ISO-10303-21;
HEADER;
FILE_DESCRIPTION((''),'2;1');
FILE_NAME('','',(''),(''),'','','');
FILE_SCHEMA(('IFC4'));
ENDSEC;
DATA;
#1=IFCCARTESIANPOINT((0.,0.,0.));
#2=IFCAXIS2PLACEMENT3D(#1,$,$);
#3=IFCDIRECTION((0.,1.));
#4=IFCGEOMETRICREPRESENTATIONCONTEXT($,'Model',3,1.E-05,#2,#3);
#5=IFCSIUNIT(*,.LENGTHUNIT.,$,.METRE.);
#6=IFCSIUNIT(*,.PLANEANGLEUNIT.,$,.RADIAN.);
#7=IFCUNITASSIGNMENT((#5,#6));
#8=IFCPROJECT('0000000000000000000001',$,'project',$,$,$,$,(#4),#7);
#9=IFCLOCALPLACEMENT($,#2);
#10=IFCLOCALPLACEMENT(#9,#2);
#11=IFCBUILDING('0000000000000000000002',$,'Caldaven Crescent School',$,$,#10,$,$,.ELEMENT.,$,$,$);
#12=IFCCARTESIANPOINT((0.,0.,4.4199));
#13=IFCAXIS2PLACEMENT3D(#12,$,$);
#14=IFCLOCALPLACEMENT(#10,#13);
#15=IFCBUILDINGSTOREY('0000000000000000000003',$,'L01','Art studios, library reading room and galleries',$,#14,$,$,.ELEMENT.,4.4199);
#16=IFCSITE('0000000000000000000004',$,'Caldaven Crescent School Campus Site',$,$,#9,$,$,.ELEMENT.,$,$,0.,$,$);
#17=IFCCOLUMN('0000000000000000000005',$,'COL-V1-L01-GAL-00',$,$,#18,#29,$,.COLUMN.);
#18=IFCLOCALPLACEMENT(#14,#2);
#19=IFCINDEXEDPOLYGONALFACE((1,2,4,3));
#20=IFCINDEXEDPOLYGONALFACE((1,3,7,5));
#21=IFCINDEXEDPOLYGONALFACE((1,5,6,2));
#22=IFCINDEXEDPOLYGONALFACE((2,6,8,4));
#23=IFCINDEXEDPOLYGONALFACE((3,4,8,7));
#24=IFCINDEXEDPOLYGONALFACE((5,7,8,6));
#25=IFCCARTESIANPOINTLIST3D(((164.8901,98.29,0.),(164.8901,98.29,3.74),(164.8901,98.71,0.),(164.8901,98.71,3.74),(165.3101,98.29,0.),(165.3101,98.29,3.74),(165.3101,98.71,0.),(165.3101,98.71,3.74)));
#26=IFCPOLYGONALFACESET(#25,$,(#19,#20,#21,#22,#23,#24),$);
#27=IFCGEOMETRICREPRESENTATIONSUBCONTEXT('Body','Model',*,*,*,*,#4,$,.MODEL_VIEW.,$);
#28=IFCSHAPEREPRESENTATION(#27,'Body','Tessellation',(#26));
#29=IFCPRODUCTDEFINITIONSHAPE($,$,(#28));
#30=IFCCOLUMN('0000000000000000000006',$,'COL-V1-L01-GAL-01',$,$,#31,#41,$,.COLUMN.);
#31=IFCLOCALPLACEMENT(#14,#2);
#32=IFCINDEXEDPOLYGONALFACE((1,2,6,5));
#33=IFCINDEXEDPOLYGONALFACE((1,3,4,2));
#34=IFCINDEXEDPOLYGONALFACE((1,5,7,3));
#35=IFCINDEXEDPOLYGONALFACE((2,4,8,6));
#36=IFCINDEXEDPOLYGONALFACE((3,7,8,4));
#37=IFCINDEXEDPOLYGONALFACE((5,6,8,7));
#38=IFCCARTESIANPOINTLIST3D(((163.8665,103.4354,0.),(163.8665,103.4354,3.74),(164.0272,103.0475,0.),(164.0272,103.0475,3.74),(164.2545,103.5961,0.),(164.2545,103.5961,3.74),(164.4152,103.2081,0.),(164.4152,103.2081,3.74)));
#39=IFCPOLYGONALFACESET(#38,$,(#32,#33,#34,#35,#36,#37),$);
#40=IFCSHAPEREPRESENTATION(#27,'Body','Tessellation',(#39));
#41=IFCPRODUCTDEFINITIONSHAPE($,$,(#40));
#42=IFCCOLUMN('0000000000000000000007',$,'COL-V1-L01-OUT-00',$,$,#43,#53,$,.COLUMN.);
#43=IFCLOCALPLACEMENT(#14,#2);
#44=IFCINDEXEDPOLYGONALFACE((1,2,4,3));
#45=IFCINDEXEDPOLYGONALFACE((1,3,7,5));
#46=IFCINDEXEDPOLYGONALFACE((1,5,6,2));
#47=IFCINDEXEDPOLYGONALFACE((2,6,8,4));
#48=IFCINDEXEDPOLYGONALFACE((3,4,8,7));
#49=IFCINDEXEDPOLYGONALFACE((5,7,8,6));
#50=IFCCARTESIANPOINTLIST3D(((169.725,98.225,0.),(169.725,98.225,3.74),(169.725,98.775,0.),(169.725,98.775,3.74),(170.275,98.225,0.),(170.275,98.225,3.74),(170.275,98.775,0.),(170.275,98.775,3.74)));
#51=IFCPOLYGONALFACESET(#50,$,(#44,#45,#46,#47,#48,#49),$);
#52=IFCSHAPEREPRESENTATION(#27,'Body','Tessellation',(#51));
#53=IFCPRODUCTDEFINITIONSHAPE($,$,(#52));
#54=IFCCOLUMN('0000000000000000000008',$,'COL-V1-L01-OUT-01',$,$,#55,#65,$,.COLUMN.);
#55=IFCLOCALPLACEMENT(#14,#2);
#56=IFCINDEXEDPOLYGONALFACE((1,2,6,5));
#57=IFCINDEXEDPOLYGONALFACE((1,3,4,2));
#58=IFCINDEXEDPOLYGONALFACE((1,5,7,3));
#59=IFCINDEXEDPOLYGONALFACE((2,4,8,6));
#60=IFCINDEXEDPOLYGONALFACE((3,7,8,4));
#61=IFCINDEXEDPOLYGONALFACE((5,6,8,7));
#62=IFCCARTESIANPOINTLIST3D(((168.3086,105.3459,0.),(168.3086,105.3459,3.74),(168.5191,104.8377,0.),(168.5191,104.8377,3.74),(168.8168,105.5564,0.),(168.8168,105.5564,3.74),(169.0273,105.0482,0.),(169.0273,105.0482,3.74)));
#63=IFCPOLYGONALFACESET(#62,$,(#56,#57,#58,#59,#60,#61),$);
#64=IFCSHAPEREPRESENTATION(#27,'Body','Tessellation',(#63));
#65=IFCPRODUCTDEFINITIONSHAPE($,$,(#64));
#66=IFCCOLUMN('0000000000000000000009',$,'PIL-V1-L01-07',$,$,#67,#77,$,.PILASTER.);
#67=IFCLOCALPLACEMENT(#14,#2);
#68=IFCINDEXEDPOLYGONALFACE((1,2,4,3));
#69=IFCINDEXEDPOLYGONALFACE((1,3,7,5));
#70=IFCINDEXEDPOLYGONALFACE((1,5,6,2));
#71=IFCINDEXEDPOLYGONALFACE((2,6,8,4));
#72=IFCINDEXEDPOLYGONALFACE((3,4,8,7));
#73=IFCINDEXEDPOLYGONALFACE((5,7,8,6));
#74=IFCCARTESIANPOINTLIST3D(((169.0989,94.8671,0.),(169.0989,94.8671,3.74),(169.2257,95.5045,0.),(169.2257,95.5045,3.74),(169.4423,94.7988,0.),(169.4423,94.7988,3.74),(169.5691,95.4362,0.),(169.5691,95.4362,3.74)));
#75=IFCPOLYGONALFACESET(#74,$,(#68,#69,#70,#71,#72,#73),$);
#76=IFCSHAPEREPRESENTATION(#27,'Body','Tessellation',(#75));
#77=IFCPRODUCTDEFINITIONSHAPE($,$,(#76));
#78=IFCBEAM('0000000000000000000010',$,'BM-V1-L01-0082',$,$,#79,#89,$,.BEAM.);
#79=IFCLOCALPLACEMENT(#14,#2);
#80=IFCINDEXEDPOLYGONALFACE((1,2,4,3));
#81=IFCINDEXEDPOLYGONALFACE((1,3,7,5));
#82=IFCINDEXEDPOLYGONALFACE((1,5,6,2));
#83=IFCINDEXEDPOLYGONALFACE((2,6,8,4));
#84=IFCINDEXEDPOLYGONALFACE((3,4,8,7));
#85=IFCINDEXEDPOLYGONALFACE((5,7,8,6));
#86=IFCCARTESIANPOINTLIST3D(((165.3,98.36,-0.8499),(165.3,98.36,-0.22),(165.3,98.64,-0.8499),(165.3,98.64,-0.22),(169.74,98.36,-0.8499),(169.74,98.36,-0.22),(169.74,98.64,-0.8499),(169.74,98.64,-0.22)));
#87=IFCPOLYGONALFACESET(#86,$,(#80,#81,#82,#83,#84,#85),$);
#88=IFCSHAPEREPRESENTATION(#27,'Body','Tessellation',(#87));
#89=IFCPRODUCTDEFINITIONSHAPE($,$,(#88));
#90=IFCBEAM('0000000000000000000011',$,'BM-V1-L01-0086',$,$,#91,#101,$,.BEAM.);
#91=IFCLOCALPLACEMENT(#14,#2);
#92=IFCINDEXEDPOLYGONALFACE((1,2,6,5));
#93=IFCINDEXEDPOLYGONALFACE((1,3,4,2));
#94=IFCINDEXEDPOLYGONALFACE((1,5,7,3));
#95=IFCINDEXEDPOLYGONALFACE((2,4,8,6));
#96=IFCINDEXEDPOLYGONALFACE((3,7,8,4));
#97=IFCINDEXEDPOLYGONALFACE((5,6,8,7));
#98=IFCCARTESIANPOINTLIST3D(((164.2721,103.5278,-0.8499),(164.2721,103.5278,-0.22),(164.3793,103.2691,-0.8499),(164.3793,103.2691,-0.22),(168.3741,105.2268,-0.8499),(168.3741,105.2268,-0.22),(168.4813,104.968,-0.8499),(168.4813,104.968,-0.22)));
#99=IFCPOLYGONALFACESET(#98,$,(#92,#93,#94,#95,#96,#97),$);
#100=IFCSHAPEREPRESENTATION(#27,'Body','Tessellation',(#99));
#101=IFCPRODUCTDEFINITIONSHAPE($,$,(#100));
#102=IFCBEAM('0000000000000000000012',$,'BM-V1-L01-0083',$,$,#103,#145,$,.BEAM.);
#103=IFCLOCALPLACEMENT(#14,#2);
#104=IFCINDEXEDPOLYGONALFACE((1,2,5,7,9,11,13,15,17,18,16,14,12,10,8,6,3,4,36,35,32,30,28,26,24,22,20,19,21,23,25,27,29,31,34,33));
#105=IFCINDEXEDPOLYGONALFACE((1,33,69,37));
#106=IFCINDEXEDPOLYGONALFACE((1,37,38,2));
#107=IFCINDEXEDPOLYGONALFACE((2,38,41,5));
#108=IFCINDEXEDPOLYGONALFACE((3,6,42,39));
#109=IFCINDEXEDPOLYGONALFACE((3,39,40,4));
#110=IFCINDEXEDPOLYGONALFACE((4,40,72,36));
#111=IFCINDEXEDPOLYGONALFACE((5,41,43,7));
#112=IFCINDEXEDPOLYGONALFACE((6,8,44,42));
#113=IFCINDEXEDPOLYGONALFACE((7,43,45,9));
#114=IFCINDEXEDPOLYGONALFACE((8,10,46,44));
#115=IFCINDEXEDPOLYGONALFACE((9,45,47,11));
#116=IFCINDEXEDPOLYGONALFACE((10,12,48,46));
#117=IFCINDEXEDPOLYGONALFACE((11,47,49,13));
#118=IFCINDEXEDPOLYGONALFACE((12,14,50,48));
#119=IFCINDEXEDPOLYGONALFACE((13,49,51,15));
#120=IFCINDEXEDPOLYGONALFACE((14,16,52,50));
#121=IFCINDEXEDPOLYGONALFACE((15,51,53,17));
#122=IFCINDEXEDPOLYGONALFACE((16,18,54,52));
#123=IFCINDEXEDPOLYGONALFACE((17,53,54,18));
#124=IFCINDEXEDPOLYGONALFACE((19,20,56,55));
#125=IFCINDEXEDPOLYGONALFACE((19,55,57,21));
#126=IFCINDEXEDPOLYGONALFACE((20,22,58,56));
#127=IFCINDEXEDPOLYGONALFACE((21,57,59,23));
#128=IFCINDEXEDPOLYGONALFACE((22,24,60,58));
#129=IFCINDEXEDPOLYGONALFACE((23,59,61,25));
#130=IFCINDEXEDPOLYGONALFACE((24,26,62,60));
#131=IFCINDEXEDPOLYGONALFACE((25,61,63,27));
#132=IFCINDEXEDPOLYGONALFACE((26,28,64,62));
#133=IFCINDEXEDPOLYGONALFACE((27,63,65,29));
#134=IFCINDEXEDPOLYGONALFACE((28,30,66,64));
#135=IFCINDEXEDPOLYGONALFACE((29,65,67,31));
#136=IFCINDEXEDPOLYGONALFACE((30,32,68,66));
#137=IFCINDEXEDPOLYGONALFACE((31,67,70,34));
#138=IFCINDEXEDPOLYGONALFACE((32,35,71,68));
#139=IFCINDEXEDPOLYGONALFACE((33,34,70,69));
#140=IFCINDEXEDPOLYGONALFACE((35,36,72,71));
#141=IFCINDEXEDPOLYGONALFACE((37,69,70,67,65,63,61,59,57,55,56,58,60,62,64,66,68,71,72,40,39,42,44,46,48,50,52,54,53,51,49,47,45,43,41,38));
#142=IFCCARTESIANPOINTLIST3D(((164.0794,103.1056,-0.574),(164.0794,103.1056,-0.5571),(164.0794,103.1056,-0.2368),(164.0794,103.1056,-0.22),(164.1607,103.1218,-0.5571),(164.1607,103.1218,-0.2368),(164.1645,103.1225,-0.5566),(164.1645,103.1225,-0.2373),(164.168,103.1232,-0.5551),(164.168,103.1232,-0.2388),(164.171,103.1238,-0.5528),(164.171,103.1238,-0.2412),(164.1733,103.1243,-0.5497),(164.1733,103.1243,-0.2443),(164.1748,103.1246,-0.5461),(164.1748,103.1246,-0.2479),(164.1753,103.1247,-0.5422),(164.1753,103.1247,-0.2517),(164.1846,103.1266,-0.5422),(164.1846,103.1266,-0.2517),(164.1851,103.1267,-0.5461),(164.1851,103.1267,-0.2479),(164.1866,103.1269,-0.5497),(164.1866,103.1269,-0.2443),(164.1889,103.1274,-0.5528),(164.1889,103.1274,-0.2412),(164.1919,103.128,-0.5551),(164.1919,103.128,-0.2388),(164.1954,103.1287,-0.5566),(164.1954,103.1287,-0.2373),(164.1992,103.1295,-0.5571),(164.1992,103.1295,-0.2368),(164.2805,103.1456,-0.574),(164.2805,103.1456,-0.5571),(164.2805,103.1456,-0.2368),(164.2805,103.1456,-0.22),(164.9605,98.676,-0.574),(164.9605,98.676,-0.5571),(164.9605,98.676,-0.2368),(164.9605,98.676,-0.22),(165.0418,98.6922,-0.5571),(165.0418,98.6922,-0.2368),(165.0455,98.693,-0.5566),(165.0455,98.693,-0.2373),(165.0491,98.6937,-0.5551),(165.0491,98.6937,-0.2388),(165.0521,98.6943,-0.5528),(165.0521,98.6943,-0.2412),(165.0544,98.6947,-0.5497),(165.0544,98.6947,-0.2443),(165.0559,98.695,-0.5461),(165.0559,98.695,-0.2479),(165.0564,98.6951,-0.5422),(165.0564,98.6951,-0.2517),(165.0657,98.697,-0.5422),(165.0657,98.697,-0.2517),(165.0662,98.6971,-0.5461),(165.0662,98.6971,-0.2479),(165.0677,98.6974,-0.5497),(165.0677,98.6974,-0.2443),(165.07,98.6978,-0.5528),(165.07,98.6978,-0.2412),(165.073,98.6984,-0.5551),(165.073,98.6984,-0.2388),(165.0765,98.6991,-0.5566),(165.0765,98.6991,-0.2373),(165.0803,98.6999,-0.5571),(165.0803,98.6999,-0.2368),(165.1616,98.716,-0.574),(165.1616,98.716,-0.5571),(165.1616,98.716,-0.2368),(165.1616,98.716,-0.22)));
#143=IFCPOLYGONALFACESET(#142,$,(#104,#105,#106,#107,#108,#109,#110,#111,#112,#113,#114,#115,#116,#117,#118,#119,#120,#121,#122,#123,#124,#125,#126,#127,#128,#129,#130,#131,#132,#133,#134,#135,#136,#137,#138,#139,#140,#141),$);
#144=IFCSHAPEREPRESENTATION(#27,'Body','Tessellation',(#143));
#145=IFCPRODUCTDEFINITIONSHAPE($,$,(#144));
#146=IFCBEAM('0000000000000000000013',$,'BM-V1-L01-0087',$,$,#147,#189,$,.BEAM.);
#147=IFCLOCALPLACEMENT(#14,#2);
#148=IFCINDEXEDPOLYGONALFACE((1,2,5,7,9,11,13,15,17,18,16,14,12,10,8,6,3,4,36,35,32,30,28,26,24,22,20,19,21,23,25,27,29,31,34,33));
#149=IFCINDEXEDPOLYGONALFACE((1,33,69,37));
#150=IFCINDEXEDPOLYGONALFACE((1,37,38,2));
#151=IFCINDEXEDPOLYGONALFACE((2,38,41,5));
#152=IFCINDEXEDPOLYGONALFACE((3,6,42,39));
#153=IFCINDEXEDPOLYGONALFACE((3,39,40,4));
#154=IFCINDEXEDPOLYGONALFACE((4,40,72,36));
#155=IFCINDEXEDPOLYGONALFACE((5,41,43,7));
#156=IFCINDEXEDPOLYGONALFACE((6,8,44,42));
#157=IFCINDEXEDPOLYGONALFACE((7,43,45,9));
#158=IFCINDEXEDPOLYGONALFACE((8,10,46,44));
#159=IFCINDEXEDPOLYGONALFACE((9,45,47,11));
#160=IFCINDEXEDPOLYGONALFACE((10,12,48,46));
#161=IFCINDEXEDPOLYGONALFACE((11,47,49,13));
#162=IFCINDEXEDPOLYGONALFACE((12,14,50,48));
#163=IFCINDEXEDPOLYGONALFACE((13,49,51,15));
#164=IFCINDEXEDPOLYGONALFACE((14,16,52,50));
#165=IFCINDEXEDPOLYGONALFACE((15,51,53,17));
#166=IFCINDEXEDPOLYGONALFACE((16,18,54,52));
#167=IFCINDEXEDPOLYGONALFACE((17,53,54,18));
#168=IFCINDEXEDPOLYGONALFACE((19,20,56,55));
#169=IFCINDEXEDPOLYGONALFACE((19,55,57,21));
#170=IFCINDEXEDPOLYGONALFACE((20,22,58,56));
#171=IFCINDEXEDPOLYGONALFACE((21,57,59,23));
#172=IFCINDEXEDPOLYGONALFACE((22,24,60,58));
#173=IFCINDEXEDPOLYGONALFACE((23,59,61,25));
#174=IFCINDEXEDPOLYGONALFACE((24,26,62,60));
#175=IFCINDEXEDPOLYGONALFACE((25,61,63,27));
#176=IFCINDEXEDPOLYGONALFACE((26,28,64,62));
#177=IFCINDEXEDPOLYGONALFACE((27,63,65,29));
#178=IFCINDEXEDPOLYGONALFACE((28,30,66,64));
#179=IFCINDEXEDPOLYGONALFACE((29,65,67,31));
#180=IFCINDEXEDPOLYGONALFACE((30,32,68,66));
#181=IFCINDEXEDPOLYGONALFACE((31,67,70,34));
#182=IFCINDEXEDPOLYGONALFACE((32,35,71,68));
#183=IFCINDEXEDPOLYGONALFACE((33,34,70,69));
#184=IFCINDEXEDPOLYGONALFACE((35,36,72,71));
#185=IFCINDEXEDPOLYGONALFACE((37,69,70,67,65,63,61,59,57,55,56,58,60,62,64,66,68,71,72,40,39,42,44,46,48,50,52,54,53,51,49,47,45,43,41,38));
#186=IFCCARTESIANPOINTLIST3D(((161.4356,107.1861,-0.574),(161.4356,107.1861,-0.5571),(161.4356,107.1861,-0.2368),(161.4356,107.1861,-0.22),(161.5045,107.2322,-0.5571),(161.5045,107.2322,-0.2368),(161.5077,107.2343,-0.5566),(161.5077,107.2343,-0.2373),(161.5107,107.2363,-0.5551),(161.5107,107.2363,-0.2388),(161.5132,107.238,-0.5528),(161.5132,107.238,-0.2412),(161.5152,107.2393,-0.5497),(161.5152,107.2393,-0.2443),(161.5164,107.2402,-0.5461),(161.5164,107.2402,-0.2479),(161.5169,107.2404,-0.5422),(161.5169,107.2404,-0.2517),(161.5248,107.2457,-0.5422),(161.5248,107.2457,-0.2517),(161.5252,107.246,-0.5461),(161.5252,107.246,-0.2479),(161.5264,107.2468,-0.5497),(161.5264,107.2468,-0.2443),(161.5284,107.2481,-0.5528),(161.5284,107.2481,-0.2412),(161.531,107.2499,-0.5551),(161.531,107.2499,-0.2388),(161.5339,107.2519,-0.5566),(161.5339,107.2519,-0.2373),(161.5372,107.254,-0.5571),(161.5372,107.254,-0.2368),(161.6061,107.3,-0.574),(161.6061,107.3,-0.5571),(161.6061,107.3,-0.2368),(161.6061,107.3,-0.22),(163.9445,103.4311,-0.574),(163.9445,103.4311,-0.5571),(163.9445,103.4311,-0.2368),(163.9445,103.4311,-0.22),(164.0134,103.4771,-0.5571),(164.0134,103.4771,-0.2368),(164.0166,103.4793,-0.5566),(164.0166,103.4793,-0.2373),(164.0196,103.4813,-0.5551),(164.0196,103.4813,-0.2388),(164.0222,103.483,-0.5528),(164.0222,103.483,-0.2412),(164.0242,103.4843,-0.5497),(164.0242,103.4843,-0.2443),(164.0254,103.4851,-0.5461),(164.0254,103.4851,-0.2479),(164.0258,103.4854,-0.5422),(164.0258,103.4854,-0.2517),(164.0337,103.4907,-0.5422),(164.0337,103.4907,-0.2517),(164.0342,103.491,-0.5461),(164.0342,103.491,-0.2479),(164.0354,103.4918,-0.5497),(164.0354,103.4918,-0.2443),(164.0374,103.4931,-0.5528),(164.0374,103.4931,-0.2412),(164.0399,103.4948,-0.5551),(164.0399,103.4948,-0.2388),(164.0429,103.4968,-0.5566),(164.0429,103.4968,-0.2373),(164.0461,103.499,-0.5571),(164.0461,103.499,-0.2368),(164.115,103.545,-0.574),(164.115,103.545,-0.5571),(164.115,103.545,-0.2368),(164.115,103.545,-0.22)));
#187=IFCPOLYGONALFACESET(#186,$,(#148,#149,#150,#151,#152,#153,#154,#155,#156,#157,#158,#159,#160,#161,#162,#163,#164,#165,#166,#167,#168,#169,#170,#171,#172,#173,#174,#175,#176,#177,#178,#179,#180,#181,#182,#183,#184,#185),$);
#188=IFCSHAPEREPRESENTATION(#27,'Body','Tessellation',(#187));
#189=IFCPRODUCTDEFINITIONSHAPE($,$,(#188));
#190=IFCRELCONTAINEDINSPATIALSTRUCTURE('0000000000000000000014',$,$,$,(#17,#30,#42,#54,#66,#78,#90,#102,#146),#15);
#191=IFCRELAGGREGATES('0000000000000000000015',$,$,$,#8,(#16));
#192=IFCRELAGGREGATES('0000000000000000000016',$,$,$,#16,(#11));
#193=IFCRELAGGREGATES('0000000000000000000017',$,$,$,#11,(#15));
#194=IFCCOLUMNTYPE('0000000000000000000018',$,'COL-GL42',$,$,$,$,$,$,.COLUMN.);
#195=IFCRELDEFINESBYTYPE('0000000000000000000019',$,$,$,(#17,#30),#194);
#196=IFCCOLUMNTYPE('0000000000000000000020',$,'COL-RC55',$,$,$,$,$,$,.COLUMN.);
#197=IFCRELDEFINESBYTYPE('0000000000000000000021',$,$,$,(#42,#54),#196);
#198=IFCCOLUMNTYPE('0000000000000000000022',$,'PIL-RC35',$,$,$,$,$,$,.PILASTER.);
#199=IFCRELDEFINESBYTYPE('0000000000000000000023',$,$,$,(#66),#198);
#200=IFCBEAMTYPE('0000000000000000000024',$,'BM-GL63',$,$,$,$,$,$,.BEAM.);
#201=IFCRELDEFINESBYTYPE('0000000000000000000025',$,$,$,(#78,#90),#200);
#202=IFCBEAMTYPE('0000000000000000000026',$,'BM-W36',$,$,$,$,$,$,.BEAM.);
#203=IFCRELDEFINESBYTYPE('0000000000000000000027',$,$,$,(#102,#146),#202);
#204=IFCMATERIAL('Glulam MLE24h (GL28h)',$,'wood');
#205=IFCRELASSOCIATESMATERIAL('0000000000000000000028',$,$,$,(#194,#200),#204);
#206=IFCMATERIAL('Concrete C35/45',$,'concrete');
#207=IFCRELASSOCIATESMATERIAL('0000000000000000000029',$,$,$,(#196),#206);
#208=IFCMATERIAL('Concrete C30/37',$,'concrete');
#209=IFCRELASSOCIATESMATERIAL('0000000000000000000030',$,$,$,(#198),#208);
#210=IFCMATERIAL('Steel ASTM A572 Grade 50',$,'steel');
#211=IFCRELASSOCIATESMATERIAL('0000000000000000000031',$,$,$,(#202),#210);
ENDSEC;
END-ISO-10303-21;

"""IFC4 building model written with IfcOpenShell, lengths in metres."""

from ifc_helpers import new_model, si_unit, direction, frame, origin, origin_2d, place, context, subcontext, project, spatial, rectangle, i_section, extrude, material, material_profile, profile_set, type_object, element, save


model = new_model("IFC4")

# Units and contexts
model_context = context("Model", 3, precision=1e-05, world=origin(), true_north=direction((0.0, 1.0)))
body_context = subcontext(model_context, "Body", "Model", "MODEL_VIEW")
ifc_project = project(units=[si_unit("LENGTHUNIT", "METRE"), si_unit("PLANEANGLEUNIT", "RADIAN")], contexts=[model_context])

# Site, building, storey
site_placement = place(None, origin())
site = spatial("IfcSite", under=ifc_project, at=site_placement, Name="Caldaven Crescent School Campus Site", CompositionType="ELEMENT", RefElevation=0.0)
building_placement = place(site_placement, origin())
building = spatial("IfcBuilding", under=site, at=building_placement, Name="Caldaven Crescent School", CompositionType="ELEMENT")
storey_placement = place(building_placement, frame((0.0, 0.0, 4.4199)))
storey = spatial("IfcBuildingStorey", under=building, at=storey_placement, Name="L01", Description="Art studios, library reading room and galleries", CompositionType="ELEMENT", Elevation=4.4199)

# Columns
ifc_material_1 = material(Name="Glulam MLE24h (GL28h)", Category="wood")
ifc_material_profile_1 = material_profile(ifc_material_1, rectangle(XDim=0.4199, YDim=0.4199, at=origin_2d()), Name="MLE 420x420")
ifc_profile_set_1 = profile_set([ifc_material_profile_1], Name="Glulam MLE24h (GL28h)")
column_type_1 = type_object("IfcColumnType", Name="COL-GL42", PredefinedType="COLUMN", material=ifc_profile_set_1)
for number, where, z_axis, x_axis, name in (
    (1, (165.1001, 98.5, 0.0), (0.0, 0.0, 1.0), (1.0, 0.0, 0.0), "COL-V1-L01-GAL-00"),
    (2, (164.1409, 103.3218, 0.0), (0.0, 0.0, 1.0), (0.92388, 0.382683, 0.0), "COL-V1-L01-GAL-01"),
):
    element("IfcColumn", number, at=place(storey_placement, frame(where, z_axis=z_axis, x_axis=x_axis)), inside=storey, type_object=column_type_1, Name=name, PredefinedType="COLUMN", context=body_context, shape_type="SweptSolid", body=[
        extrude(rectangle(XDim=0.4199, YDim=0.4199, at=origin_2d()), origin(), (0.0, 0.0, 1.0), 3.74),
    ])
ifc_material_2 = material(Name="Concrete C35/45", Category="concrete")
ifc_material_profile_2 = material_profile(ifc_material_2, rectangle(XDim=0.55, YDim=0.55, at=origin_2d()), Name="RC 550x550")
ifc_profile_set_2 = profile_set([ifc_material_profile_2], Name="Concrete C35/45")
column_type_2 = type_object("IfcColumnType", Name="COL-RC55", PredefinedType="COLUMN", material=ifc_profile_set_2)
for number, where, z_axis, x_axis, name in (
    (3, (170.0, 98.5, 0.0), (0.0, 0.0, 1.0), (1.0, 0.0, 0.0), "COL-V1-L01-OUT-00"),
    (4, (168.668, 105.197, 0.0), (0.0, 0.0, 1.0), (0.92388, 0.382683, 0.0), "COL-V1-L01-OUT-01"),
):
    element("IfcColumn", number, at=place(storey_placement, frame(where, z_axis=z_axis, x_axis=x_axis)), inside=storey, type_object=column_type_2, Name=name, PredefinedType="COLUMN", context=body_context, shape_type="SweptSolid", body=[
        extrude(rectangle(XDim=0.55, YDim=0.55, at=origin_2d()), origin(), (0.0, 0.0, 1.0), 3.74),
    ])
ifc_material_3 = material(Name="Concrete C30/37", Category="concrete")
ifc_material_profile_3 = material_profile(ifc_material_3, rectangle(XDim=0.3501, YDim=0.6499, at=origin_2d()), Name="RC 350x650")
ifc_profile_set_3 = profile_set([ifc_material_profile_3], Name="Concrete C30/37")
column_type_3 = type_object("IfcColumnType", Name="PIL-RC35", PredefinedType="PILASTER", material=ifc_profile_set_3)
column_placement = place(storey_placement, frame((169.334, 95.1516, 0.0), z_axis=(0.0, 0.0, 1.0), x_axis=(0.980785, -0.19509, 0.0)))
element("IfcColumn", 5, at=column_placement, inside=storey, type_object=column_type_3, Name="PIL-V1-L01-07", PredefinedType="PILASTER", context=body_context, shape_type="SweptSolid", body=[
    extrude(rectangle(XDim=0.3501, YDim=0.6499, at=origin_2d()), origin(), (0.0, 0.0, 1.0), 3.74),
])

# Beams
ifc_material_profile_4 = material_profile(ifc_material_1, rectangle(XDim=0.28, YDim=0.6299, at=origin_2d()), Name="MLE 280x630")
ifc_profile_set_4 = profile_set([ifc_material_profile_4], Name="Glulam MLE24h (GL28h)")
beam_type_1 = type_object("IfcBeamType", Name="BM-GL63", PredefinedType="BEAM", material=ifc_profile_set_4)
for number, where, z_axis, x_axis, name in (
    (6, (165.3, 98.5, -0.5349), (1.0, 0.0, 0.0), (0.0, 1.0, 0.0), "BM-V1-L01-0082"),
    (7, (164.3257, 103.3984, -0.5349), (0.923892, 0.382655, 0.0), (-0.382655, 0.923892, 0.0), "BM-V1-L01-0086"),
):
    element("IfcBeam", number, at=place(storey_placement, frame(where, z_axis=z_axis, x_axis=x_axis)), inside=storey, type_object=beam_type_1, Name=name, PredefinedType="BEAM", context=body_context, shape_type="SweptSolid", body=[
        extrude(rectangle(XDim=0.28, YDim=0.6299, at=origin_2d()), origin(), (0.0, 0.0, 1.0), 4.4399),
    ])
ifc_material_4 = material(Name="Steel ASTM A572 Grade 50", Category="steel")
ifc_material_profile_5 = material_profile(ifc_material_4, i_section(OverallWidth=0.2051, OverallDepth=0.354, WebThickness=0.0095, FlangeThickness=0.0168, FilletRadius=0.0149, at=origin_2d()), Name="W360x79")
ifc_profile_set_5 = profile_set([ifc_material_profile_5], Name="Steel ASTM A572 Grade 50")
beam_type_2 = type_object("IfcBeamType", Name="BM-W36", PredefinedType="BEAM", material=ifc_profile_set_5)
beam_1_placement = place(storey_placement, frame((165.061, 98.696, -0.397), z_axis=(-0.195087, 0.980786, 0.0), x_axis=(-0.980786, -0.195087, 0.0)))
element("IfcBeam", 8, at=beam_1_placement, inside=storey, type_object=beam_type_2, Name="BM-V1-L01-0083", PredefinedType="BEAM", context=body_context, shape_type="SweptSolid", body=[
    extrude(i_section(OverallWidth=0.2051, OverallDepth=0.354, WebThickness=0.0095, FlangeThickness=0.0168, FilletRadius=0.0149, at=origin_2d()), origin(), (0.0, 0.0, 1.0), 4.5164),
])
beam_2_placement = place(storey_placement, frame((164.0298, 103.488, -0.397), z_axis=(-0.555561, 0.831476, 0.0), x_axis=(-0.831476, -0.555561, 0.0)))
element("IfcBeam", 9, at=beam_2_placement, inside=storey, type_object=beam_type_2, Name="BM-V1-L01-0087", PredefinedType="BEAM", context=body_context, shape_type="SweptSolid", body=[
    extrude(i_section(OverallWidth=0.2051, OverallDepth=0.354, WebThickness=0.0095, FlangeThickness=0.0168, FilletRadius=0.0149, at=origin_2d()), origin(), (0.0, 0.0, 1.0), 4.5161),
])

save(model, "model.ifc")
